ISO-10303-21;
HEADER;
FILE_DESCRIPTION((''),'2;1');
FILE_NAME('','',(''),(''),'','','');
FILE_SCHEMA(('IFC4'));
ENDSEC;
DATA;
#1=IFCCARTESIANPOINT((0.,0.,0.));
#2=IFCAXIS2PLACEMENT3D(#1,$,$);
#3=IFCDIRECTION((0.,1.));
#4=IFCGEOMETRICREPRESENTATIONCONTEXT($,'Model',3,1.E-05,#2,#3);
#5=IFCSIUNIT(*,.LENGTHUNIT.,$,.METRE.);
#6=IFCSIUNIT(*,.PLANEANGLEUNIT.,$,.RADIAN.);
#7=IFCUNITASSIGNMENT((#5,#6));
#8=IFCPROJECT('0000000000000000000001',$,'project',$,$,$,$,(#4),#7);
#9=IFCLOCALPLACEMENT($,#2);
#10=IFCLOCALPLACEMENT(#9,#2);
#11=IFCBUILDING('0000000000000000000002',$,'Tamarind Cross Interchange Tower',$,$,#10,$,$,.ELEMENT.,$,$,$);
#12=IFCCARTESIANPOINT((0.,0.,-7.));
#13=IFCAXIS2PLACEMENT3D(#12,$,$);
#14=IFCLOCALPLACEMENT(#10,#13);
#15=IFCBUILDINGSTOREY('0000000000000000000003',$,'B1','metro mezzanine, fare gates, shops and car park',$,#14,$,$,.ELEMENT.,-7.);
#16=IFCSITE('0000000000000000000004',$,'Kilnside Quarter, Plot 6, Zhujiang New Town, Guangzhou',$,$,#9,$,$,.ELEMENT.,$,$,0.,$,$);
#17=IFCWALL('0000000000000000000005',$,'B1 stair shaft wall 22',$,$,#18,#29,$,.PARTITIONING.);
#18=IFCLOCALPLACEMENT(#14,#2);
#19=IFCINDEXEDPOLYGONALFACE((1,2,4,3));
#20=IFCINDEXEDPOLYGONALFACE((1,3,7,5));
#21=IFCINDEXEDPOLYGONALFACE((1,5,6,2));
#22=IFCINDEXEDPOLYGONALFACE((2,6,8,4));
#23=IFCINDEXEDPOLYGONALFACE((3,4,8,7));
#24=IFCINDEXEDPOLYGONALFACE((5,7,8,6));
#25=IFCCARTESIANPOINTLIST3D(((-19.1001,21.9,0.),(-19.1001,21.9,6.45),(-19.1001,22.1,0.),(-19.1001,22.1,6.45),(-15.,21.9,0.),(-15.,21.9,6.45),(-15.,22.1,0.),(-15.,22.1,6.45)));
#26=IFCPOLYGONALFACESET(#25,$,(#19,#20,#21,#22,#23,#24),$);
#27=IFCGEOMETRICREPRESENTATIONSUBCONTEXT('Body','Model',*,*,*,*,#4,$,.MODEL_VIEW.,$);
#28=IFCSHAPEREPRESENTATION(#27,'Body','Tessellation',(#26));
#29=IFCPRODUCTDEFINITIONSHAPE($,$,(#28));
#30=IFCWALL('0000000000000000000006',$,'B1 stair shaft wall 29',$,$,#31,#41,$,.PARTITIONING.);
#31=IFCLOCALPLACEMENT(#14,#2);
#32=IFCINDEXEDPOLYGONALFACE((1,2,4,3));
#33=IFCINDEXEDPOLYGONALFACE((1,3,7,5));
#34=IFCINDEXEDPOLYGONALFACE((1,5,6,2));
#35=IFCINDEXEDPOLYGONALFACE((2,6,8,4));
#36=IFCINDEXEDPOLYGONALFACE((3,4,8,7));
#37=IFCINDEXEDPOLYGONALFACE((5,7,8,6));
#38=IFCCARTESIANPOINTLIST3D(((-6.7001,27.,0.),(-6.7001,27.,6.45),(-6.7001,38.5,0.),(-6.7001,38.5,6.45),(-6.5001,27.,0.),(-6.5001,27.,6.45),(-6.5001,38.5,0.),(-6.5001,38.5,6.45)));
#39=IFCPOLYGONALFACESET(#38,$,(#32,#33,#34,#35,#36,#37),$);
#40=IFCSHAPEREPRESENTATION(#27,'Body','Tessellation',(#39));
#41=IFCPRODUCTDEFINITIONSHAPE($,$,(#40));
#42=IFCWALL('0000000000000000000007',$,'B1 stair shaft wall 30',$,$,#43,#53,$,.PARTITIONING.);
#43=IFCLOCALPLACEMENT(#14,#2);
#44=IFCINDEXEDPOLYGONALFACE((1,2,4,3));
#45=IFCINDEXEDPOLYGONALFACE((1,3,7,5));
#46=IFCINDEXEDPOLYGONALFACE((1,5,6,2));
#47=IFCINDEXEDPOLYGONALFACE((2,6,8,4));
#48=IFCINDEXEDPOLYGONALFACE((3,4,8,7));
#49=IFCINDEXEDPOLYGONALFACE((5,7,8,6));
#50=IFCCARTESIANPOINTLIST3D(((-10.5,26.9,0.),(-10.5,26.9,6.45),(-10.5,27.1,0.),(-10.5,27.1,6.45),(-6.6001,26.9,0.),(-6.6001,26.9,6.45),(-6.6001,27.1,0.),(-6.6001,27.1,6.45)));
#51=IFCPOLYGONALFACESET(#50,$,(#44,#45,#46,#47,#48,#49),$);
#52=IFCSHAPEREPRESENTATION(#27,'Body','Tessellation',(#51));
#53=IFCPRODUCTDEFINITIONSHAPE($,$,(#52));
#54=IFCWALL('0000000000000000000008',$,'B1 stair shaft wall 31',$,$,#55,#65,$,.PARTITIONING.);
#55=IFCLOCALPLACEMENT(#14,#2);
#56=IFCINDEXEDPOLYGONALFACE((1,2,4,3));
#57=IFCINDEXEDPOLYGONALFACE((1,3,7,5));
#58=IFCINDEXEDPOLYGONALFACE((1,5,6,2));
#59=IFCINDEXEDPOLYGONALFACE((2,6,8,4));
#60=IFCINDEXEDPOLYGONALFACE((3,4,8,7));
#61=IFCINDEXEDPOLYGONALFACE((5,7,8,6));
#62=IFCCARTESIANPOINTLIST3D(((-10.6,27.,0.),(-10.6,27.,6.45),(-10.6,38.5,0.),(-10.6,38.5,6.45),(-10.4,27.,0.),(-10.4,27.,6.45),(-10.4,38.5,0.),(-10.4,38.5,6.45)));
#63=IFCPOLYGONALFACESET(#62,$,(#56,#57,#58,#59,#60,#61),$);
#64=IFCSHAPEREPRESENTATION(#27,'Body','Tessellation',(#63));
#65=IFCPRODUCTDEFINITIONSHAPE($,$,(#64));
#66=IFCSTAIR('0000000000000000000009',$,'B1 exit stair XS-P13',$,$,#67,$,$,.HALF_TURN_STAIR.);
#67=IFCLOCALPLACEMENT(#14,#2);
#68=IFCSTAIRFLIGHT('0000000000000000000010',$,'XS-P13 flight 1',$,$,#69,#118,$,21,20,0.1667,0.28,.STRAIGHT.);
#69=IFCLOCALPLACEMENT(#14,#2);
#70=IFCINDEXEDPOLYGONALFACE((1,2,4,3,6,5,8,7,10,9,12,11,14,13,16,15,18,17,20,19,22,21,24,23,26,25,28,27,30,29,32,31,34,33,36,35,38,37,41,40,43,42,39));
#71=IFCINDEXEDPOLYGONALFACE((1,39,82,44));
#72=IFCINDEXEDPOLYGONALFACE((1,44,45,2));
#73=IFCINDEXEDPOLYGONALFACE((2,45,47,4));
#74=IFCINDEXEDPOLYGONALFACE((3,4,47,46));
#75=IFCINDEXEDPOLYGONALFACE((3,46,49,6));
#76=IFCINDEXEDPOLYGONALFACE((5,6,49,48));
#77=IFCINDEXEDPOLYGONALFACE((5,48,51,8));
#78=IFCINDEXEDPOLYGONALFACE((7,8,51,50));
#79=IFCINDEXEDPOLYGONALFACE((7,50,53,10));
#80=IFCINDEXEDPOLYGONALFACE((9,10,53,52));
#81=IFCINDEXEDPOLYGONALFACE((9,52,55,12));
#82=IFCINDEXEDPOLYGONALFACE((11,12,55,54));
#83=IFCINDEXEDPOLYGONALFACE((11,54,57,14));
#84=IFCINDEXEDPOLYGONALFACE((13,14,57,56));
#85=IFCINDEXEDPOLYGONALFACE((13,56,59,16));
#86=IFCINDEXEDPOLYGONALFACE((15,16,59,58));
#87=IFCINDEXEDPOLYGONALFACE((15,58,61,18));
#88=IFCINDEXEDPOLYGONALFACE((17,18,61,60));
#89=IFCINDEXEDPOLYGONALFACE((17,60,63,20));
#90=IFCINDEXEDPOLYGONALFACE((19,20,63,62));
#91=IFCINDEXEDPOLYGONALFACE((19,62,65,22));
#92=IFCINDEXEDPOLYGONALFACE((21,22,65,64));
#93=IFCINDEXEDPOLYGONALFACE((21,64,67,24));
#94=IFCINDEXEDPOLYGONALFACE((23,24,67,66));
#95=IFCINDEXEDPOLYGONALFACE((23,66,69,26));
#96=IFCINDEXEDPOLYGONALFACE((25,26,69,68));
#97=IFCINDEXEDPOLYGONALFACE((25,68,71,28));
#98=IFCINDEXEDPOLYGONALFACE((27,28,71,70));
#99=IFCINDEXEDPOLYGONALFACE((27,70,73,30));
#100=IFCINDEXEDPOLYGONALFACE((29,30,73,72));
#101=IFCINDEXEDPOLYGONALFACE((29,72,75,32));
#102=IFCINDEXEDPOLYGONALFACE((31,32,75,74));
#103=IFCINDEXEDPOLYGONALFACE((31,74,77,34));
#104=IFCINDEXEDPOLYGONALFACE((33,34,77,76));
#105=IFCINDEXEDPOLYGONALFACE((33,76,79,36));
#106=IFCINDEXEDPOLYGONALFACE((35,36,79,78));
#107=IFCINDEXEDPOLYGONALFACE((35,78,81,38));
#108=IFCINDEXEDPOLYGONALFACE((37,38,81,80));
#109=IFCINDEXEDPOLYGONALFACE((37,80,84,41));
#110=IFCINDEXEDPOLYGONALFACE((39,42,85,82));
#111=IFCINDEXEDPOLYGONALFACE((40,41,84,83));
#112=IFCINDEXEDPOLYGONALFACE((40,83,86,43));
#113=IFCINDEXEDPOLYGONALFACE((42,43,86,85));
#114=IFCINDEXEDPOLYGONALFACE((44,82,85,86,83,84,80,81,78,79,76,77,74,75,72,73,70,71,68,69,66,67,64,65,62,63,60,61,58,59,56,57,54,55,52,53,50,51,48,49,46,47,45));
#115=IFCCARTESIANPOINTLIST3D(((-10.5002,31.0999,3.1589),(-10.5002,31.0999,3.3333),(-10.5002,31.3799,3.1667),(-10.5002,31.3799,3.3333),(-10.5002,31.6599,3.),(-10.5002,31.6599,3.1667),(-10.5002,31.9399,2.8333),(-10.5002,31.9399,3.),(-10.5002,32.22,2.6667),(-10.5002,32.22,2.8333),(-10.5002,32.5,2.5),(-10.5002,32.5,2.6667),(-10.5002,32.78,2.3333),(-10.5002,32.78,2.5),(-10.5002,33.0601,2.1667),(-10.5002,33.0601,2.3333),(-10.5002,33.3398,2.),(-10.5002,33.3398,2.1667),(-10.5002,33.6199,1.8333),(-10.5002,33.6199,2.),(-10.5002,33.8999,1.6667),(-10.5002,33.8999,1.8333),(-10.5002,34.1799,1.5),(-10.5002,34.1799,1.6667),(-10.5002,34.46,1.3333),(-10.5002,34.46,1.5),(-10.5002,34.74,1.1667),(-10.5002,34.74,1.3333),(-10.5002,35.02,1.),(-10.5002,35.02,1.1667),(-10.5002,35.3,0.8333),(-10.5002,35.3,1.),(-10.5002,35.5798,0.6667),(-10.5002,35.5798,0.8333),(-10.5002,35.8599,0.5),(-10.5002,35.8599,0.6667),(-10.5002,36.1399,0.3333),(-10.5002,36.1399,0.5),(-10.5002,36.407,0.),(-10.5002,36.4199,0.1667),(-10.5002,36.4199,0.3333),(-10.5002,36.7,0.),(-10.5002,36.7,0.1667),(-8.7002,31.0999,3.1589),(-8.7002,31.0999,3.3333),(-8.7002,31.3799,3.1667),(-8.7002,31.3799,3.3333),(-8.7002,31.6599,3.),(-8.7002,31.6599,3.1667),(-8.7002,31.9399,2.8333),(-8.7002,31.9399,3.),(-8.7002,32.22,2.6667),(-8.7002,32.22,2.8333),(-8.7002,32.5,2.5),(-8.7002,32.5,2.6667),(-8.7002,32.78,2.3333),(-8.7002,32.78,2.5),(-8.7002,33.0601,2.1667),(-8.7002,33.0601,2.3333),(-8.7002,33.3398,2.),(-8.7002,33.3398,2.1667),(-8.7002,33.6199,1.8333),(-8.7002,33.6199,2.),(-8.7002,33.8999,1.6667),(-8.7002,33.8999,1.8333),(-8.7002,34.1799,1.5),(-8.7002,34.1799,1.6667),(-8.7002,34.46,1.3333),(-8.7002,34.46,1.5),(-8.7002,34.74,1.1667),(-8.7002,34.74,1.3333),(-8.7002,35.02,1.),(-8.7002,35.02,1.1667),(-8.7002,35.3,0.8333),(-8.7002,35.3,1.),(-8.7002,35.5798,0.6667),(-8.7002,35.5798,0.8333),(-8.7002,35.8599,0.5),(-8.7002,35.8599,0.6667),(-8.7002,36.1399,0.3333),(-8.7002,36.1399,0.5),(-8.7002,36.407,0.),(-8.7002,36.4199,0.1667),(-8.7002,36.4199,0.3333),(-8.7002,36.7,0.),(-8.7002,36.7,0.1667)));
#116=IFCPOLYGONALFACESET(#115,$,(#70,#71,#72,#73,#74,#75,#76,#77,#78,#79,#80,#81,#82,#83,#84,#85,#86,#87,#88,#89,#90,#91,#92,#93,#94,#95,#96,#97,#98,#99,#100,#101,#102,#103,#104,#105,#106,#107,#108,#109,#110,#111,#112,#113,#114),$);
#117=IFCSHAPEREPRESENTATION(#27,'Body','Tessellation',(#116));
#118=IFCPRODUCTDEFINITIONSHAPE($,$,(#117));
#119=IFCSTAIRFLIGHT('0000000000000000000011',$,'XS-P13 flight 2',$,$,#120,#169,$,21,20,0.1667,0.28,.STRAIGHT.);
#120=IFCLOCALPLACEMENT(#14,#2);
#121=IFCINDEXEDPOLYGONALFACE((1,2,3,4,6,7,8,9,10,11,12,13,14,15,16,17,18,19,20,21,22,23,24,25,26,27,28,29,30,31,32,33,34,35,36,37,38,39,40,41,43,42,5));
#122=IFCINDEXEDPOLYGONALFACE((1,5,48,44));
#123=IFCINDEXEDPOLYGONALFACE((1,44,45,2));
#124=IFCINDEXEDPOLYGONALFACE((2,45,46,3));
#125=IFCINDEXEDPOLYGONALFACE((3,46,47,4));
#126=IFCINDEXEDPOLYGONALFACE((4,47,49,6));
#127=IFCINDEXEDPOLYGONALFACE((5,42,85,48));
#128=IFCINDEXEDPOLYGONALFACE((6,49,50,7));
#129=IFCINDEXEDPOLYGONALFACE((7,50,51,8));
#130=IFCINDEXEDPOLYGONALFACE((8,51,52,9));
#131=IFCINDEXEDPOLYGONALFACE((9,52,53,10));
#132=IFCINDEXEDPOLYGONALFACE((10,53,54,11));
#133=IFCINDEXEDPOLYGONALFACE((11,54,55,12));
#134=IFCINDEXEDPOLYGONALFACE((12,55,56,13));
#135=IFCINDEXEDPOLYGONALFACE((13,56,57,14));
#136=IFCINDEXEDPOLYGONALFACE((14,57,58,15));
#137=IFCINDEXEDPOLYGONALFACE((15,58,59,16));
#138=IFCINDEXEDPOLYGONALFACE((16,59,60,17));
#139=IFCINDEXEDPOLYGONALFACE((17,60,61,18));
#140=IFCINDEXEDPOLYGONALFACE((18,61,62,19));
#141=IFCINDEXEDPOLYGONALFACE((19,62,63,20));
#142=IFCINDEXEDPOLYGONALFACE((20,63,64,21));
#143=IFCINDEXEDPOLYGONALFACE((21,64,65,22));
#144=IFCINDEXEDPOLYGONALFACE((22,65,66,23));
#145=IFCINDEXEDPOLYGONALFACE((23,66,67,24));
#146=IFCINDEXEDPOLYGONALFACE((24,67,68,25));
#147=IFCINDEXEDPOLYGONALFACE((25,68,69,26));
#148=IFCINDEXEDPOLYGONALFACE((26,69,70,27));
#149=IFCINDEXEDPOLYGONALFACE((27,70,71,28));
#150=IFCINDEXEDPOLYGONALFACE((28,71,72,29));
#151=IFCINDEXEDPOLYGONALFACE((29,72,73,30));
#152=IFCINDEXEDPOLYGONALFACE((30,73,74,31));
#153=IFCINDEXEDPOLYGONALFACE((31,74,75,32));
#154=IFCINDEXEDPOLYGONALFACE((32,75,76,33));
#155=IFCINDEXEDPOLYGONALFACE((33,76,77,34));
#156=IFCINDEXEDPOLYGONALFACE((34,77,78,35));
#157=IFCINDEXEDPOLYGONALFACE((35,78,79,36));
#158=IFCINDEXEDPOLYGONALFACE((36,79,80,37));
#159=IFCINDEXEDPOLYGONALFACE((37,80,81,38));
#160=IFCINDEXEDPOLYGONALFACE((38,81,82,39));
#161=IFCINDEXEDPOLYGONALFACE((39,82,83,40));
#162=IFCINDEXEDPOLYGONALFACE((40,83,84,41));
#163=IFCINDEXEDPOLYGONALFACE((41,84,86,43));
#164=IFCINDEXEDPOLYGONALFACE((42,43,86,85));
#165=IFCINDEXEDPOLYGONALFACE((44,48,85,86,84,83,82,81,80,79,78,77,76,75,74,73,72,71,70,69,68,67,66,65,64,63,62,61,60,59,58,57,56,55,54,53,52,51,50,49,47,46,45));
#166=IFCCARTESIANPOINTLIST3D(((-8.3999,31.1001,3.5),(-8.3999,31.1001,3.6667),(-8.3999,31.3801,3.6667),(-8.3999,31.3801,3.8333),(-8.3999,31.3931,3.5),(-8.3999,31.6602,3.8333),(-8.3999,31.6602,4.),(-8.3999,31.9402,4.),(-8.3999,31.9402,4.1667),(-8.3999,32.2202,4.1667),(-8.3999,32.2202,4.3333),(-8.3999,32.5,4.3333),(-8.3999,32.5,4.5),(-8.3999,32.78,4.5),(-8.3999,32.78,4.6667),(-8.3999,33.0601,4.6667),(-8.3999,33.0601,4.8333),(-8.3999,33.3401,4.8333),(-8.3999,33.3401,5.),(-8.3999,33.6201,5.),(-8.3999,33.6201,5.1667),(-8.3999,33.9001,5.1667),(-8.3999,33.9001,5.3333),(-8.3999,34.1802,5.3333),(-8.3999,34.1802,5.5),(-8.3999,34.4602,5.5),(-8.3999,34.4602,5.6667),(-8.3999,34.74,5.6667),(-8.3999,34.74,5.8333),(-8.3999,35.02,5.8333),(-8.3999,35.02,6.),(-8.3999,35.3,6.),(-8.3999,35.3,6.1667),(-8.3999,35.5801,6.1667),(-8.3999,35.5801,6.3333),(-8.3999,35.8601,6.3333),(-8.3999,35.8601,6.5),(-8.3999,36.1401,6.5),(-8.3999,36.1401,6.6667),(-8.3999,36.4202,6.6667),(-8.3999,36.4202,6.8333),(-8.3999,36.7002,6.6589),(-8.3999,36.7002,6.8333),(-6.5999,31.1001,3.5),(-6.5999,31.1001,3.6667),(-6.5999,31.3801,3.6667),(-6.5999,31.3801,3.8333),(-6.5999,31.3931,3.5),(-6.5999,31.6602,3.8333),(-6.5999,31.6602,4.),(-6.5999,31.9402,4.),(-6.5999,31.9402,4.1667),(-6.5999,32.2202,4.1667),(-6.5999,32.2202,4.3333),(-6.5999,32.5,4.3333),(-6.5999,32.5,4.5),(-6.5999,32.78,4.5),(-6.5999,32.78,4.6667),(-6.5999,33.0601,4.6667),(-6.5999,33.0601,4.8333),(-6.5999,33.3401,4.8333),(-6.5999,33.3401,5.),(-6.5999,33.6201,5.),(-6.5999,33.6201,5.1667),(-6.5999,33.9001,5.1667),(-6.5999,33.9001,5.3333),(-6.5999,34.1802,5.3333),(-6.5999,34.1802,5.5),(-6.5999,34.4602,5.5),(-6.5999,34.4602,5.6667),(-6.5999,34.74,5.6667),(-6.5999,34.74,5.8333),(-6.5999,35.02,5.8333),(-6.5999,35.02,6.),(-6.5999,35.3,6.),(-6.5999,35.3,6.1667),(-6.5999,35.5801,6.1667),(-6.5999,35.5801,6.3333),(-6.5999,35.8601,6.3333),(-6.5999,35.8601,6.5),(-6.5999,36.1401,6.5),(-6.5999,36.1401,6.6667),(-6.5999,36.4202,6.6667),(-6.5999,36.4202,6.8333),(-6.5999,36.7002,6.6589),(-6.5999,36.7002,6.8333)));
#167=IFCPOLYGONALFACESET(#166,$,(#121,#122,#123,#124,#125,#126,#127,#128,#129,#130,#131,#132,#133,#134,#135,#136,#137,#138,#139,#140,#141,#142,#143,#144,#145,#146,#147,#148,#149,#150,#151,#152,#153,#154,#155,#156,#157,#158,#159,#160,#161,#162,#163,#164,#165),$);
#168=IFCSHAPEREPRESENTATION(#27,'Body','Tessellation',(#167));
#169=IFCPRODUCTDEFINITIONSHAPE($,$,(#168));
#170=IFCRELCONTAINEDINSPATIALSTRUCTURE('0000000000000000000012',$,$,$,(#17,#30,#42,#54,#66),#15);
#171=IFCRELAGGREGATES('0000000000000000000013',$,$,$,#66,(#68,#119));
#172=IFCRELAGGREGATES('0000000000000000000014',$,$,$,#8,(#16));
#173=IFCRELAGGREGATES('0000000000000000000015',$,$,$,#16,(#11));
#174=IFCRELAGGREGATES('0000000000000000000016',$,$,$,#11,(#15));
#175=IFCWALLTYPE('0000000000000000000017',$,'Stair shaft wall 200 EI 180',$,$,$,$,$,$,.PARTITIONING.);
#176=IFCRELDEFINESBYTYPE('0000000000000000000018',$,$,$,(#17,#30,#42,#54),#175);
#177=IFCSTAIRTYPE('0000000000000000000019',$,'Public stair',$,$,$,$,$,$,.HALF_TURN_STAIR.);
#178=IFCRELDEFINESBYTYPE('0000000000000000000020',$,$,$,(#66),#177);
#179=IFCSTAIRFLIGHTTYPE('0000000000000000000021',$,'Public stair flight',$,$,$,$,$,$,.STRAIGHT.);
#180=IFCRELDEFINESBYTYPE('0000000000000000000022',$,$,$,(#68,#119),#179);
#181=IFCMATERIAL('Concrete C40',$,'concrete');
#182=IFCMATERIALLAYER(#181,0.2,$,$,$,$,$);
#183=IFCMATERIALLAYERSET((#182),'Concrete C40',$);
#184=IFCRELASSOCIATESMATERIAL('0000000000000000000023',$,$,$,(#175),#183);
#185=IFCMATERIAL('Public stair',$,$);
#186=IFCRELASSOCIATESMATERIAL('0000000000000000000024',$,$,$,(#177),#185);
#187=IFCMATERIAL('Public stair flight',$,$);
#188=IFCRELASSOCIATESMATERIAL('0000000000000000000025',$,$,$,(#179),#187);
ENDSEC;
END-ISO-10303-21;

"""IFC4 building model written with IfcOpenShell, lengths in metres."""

from ifc_helpers import new_model, si_unit, direction, frame, frame_2d, origin, place, context, subcontext, project, spatial, polyline, rectangle, outline, extrude, material, layer, layer_set, type_object, element, aggregate, save


model = new_model("IFC4")

# Units and contexts
model_context = context("Model", 3, precision=1e-05, world=origin(), true_north=direction((0.0, 1.0)))
body_context = subcontext(model_context, "Body", "Model", "MODEL_VIEW")
ifc_project = project(units=[si_unit("LENGTHUNIT", "METRE"), si_unit("PLANEANGLEUNIT", "RADIAN")], contexts=[model_context])

# Site, building, storey
site_placement = place(None, origin())
site = spatial("IfcSite", under=ifc_project, at=site_placement, Name="Kilnside Quarter, Plot 6, Zhujiang New Town, Guangzhou", CompositionType="ELEMENT", RefElevation=0.0)
building_placement = place(site_placement, origin())
building = spatial("IfcBuilding", under=site, at=building_placement, Name="Tamarind Cross Interchange Tower", CompositionType="ELEMENT")
storey_placement = place(building_placement, frame((0.0, 0.0, -7.0)))
storey = spatial("IfcBuildingStorey", under=building, at=storey_placement, Name="B1", Description="metro mezzanine, fare gates, shops and car park", CompositionType="ELEMENT", Elevation=-7.0)

# Walls
ifc_material_1 = material(Name="Concrete C40", Category="concrete")
ifc_layer_1 = layer(ifc_material_1, 0.2)
ifc_layer_set_1 = layer_set([ifc_layer_1], Name="Concrete C40")
wall_type = type_object("IfcWallType", Name="Stair shaft wall 200 EI 180", PredefinedType="PARTITIONING", material=ifc_layer_set_1)
wall_1_placement = place(storey_placement, frame((-19.1001, 22.0, 0.0), z_axis=(0.0, 0.0, 1.0), x_axis=(1.0, 0.0, 0.0)))
element("IfcWall", 1, at=wall_1_placement, inside=storey, type_object=wall_type, Name="B1 stair shaft wall 22", PredefinedType="PARTITIONING", context=body_context, shape_type="SweptSolid", body=[
    extrude(rectangle(XDim=4.1001, YDim=0.2, at=frame_2d((2.05, 0.0))), origin(), (0.0, 0.0, 1.0), 6.45),
])
wall_2_placement = place(storey_placement, frame((-6.6001, 27.0, 0.0), z_axis=(0.0, 0.0, 1.0), x_axis=(0.0, 1.0, 0.0)))
element("IfcWall", 2, at=wall_2_placement, inside=storey, type_object=wall_type, Name="B1 stair shaft wall 29", PredefinedType="PARTITIONING", context=body_context, shape_type="SweptSolid", body=[
    extrude(rectangle(XDim=11.5, YDim=0.2, at=frame_2d((5.75, 0.0))), origin(), (0.0, 0.0, 1.0), 6.45),
])
wall_3_placement = place(storey_placement, frame((-10.5, 27.0, 0.0), z_axis=(0.0, 0.0, 1.0), x_axis=(1.0, 0.0, 0.0)))
element("IfcWall", 3, at=wall_3_placement, inside=storey, type_object=wall_type, Name="B1 stair shaft wall 30", PredefinedType="PARTITIONING", context=body_context, shape_type="SweptSolid", body=[
    extrude(rectangle(XDim=3.8999, YDim=0.2, at=frame_2d((1.95, 0.0))), origin(), (0.0, 0.0, 1.0), 6.45),
])
wall_4_placement = place(storey_placement, frame((-10.5, 27.0, 0.0), z_axis=(0.0, 0.0, 1.0), x_axis=(0.0, 1.0, 0.0)))
element("IfcWall", 4, at=wall_4_placement, inside=storey, type_object=wall_type, Name="B1 stair shaft wall 31", PredefinedType="PARTITIONING", context=body_context, shape_type="SweptSolid", body=[
    extrude(rectangle(XDim=11.5, YDim=0.2, at=frame_2d((5.75, 0.0))), origin(), (0.0, 0.0, 1.0), 6.45),
])

# Stair, stair flights
ifc_material_2 = material(Name="Public stair")
stair_type = type_object("IfcStairType", Name="Public stair", PredefinedType="HALF_TURN_STAIR", material=ifc_material_2)
stair_placement = place(storey_placement, origin())
stair = element("IfcStair", 5, at=stair_placement, inside=storey, type_object=stair_type, Name="B1 exit stair XS-P13", PredefinedType="HALF_TURN_STAIR")
ifc_material_3 = material(Name="Public stair flight")
stair_flight_type = type_object("IfcStairFlightType", Name="Public stair flight", PredefinedType="STRAIGHT", material=ifc_material_3)
stair_flight_1_placement = place(storey_placement, frame((-9.6001, 36.7, 0.0), z_axis=(0.0, 0.0, 1.0), x_axis=(0.0, -1.0, 0.0)))
stair_flight_1 = element("IfcStairFlight", 6, at=stair_flight_1_placement, type_object=stair_flight_type, Name="XS-P13 flight 1", NumberOfRisers=21, NumberOfTreads=20, PredefinedType="STRAIGHT", RiserHeight=0.1667, TreadLength=0.28, context=body_context, shape_type="SweptSolid", body=[
    extrude(outline(polyline([(0.0, 0.0), (0.0, 0.1667), (0.28, 0.1667), (0.28, 0.3333), (0.5601, 0.3333), (0.5601, 0.5), (0.8401, 0.5), (0.8401, 0.6667), (1.1201, 0.6667), (1.1201, 0.8333), (1.3999, 0.8333), (1.3999, 1.0), (1.6799, 1.0), (1.6799, 1.1667), (1.96, 1.1667), (1.96, 1.3333), (2.24, 1.3333), (2.24, 1.5), (2.52, 1.5), (2.52, 1.6667), (2.8, 1.6667), (2.8, 1.8333), (3.0801, 1.8333), (3.0801, 2.0), (3.3601, 2.0), (3.3601, 2.1667), (3.6399, 2.1667), (3.6399, 2.3333), (3.9199, 2.3333), (3.9199, 2.5), (4.2, 2.5), (4.2, 2.6667), (4.48, 2.6667), (4.48, 2.8333), (4.76, 2.8333), (4.76, 3.0), (5.04, 3.0), (5.04, 3.1667), (5.3201, 3.1667), (5.3201, 3.3333), (5.6001, 3.3333), (5.6001, 3.5), (5.6001, 3.1589), (0.293, 0.0), (0.0, 0.0)])), frame((0.0, 0.8999, 0.0), z_axis=(0.0, -1.0, 0.0), x_axis=(1.0, 0.0, 0.0)), (0.0, 0.0, 1.0), 1.8),
])
stair_flight_2_placement = place(storey_placement, frame((-7.5, 31.1001, 3.5), z_axis=(0.0, 0.0, 1.0), x_axis=(0.0, 1.0, 0.0)))
stair_flight_2 = element("IfcStairFlight", 7, at=stair_flight_2_placement, type_object=stair_flight_type, Name="XS-P13 flight 2", NumberOfRisers=21, NumberOfTreads=20, PredefinedType="STRAIGHT", RiserHeight=0.1667, TreadLength=0.28, context=body_context, shape_type="SweptSolid", body=[
    extrude(outline(polyline([(0.0, 0.0), (0.0, 0.1667), (0.28, 0.1667), (0.28, 0.3333), (0.5601, 0.3333), (0.5601, 0.5), (0.8401, 0.5), (0.8401, 0.6667), (1.1201, 0.6667), (1.1201, 0.8333), (1.3999, 0.8333), (1.3999, 1.0), (1.6799, 1.0), (1.6799, 1.1667), (1.96, 1.1667), (1.96, 1.3333), (2.24, 1.3333), (2.24, 1.5), (2.52, 1.5), (2.52, 1.6667), (2.8, 1.6667), (2.8, 1.8333), (3.0801, 1.8333), (3.0801, 2.0), (3.3601, 2.0), (3.3601, 2.1667), (3.6399, 2.1667), (3.6399, 2.3333), (3.9199, 2.3333), (3.9199, 2.5), (4.2, 2.5), (4.2, 2.6667), (4.48, 2.6667), (4.48, 2.8333), (4.76, 2.8333), (4.76, 3.0), (5.04, 3.0), (5.04, 3.1667), (5.3201, 3.1667), (5.3201, 3.3333), (5.6001, 3.3333), (5.6001, 3.5), (5.6001, 3.1589), (0.293, 0.0), (0.0, 0.0)])), frame((0.0, 0.8999, 0.0), z_axis=(0.0, -1.0, 0.0), x_axis=(1.0, 0.0, 0.0)), (0.0, 0.0, 1.0), 1.8),
])
aggregate(stair, [stair_flight_1, stair_flight_2])

save(model, "model.ifc")
